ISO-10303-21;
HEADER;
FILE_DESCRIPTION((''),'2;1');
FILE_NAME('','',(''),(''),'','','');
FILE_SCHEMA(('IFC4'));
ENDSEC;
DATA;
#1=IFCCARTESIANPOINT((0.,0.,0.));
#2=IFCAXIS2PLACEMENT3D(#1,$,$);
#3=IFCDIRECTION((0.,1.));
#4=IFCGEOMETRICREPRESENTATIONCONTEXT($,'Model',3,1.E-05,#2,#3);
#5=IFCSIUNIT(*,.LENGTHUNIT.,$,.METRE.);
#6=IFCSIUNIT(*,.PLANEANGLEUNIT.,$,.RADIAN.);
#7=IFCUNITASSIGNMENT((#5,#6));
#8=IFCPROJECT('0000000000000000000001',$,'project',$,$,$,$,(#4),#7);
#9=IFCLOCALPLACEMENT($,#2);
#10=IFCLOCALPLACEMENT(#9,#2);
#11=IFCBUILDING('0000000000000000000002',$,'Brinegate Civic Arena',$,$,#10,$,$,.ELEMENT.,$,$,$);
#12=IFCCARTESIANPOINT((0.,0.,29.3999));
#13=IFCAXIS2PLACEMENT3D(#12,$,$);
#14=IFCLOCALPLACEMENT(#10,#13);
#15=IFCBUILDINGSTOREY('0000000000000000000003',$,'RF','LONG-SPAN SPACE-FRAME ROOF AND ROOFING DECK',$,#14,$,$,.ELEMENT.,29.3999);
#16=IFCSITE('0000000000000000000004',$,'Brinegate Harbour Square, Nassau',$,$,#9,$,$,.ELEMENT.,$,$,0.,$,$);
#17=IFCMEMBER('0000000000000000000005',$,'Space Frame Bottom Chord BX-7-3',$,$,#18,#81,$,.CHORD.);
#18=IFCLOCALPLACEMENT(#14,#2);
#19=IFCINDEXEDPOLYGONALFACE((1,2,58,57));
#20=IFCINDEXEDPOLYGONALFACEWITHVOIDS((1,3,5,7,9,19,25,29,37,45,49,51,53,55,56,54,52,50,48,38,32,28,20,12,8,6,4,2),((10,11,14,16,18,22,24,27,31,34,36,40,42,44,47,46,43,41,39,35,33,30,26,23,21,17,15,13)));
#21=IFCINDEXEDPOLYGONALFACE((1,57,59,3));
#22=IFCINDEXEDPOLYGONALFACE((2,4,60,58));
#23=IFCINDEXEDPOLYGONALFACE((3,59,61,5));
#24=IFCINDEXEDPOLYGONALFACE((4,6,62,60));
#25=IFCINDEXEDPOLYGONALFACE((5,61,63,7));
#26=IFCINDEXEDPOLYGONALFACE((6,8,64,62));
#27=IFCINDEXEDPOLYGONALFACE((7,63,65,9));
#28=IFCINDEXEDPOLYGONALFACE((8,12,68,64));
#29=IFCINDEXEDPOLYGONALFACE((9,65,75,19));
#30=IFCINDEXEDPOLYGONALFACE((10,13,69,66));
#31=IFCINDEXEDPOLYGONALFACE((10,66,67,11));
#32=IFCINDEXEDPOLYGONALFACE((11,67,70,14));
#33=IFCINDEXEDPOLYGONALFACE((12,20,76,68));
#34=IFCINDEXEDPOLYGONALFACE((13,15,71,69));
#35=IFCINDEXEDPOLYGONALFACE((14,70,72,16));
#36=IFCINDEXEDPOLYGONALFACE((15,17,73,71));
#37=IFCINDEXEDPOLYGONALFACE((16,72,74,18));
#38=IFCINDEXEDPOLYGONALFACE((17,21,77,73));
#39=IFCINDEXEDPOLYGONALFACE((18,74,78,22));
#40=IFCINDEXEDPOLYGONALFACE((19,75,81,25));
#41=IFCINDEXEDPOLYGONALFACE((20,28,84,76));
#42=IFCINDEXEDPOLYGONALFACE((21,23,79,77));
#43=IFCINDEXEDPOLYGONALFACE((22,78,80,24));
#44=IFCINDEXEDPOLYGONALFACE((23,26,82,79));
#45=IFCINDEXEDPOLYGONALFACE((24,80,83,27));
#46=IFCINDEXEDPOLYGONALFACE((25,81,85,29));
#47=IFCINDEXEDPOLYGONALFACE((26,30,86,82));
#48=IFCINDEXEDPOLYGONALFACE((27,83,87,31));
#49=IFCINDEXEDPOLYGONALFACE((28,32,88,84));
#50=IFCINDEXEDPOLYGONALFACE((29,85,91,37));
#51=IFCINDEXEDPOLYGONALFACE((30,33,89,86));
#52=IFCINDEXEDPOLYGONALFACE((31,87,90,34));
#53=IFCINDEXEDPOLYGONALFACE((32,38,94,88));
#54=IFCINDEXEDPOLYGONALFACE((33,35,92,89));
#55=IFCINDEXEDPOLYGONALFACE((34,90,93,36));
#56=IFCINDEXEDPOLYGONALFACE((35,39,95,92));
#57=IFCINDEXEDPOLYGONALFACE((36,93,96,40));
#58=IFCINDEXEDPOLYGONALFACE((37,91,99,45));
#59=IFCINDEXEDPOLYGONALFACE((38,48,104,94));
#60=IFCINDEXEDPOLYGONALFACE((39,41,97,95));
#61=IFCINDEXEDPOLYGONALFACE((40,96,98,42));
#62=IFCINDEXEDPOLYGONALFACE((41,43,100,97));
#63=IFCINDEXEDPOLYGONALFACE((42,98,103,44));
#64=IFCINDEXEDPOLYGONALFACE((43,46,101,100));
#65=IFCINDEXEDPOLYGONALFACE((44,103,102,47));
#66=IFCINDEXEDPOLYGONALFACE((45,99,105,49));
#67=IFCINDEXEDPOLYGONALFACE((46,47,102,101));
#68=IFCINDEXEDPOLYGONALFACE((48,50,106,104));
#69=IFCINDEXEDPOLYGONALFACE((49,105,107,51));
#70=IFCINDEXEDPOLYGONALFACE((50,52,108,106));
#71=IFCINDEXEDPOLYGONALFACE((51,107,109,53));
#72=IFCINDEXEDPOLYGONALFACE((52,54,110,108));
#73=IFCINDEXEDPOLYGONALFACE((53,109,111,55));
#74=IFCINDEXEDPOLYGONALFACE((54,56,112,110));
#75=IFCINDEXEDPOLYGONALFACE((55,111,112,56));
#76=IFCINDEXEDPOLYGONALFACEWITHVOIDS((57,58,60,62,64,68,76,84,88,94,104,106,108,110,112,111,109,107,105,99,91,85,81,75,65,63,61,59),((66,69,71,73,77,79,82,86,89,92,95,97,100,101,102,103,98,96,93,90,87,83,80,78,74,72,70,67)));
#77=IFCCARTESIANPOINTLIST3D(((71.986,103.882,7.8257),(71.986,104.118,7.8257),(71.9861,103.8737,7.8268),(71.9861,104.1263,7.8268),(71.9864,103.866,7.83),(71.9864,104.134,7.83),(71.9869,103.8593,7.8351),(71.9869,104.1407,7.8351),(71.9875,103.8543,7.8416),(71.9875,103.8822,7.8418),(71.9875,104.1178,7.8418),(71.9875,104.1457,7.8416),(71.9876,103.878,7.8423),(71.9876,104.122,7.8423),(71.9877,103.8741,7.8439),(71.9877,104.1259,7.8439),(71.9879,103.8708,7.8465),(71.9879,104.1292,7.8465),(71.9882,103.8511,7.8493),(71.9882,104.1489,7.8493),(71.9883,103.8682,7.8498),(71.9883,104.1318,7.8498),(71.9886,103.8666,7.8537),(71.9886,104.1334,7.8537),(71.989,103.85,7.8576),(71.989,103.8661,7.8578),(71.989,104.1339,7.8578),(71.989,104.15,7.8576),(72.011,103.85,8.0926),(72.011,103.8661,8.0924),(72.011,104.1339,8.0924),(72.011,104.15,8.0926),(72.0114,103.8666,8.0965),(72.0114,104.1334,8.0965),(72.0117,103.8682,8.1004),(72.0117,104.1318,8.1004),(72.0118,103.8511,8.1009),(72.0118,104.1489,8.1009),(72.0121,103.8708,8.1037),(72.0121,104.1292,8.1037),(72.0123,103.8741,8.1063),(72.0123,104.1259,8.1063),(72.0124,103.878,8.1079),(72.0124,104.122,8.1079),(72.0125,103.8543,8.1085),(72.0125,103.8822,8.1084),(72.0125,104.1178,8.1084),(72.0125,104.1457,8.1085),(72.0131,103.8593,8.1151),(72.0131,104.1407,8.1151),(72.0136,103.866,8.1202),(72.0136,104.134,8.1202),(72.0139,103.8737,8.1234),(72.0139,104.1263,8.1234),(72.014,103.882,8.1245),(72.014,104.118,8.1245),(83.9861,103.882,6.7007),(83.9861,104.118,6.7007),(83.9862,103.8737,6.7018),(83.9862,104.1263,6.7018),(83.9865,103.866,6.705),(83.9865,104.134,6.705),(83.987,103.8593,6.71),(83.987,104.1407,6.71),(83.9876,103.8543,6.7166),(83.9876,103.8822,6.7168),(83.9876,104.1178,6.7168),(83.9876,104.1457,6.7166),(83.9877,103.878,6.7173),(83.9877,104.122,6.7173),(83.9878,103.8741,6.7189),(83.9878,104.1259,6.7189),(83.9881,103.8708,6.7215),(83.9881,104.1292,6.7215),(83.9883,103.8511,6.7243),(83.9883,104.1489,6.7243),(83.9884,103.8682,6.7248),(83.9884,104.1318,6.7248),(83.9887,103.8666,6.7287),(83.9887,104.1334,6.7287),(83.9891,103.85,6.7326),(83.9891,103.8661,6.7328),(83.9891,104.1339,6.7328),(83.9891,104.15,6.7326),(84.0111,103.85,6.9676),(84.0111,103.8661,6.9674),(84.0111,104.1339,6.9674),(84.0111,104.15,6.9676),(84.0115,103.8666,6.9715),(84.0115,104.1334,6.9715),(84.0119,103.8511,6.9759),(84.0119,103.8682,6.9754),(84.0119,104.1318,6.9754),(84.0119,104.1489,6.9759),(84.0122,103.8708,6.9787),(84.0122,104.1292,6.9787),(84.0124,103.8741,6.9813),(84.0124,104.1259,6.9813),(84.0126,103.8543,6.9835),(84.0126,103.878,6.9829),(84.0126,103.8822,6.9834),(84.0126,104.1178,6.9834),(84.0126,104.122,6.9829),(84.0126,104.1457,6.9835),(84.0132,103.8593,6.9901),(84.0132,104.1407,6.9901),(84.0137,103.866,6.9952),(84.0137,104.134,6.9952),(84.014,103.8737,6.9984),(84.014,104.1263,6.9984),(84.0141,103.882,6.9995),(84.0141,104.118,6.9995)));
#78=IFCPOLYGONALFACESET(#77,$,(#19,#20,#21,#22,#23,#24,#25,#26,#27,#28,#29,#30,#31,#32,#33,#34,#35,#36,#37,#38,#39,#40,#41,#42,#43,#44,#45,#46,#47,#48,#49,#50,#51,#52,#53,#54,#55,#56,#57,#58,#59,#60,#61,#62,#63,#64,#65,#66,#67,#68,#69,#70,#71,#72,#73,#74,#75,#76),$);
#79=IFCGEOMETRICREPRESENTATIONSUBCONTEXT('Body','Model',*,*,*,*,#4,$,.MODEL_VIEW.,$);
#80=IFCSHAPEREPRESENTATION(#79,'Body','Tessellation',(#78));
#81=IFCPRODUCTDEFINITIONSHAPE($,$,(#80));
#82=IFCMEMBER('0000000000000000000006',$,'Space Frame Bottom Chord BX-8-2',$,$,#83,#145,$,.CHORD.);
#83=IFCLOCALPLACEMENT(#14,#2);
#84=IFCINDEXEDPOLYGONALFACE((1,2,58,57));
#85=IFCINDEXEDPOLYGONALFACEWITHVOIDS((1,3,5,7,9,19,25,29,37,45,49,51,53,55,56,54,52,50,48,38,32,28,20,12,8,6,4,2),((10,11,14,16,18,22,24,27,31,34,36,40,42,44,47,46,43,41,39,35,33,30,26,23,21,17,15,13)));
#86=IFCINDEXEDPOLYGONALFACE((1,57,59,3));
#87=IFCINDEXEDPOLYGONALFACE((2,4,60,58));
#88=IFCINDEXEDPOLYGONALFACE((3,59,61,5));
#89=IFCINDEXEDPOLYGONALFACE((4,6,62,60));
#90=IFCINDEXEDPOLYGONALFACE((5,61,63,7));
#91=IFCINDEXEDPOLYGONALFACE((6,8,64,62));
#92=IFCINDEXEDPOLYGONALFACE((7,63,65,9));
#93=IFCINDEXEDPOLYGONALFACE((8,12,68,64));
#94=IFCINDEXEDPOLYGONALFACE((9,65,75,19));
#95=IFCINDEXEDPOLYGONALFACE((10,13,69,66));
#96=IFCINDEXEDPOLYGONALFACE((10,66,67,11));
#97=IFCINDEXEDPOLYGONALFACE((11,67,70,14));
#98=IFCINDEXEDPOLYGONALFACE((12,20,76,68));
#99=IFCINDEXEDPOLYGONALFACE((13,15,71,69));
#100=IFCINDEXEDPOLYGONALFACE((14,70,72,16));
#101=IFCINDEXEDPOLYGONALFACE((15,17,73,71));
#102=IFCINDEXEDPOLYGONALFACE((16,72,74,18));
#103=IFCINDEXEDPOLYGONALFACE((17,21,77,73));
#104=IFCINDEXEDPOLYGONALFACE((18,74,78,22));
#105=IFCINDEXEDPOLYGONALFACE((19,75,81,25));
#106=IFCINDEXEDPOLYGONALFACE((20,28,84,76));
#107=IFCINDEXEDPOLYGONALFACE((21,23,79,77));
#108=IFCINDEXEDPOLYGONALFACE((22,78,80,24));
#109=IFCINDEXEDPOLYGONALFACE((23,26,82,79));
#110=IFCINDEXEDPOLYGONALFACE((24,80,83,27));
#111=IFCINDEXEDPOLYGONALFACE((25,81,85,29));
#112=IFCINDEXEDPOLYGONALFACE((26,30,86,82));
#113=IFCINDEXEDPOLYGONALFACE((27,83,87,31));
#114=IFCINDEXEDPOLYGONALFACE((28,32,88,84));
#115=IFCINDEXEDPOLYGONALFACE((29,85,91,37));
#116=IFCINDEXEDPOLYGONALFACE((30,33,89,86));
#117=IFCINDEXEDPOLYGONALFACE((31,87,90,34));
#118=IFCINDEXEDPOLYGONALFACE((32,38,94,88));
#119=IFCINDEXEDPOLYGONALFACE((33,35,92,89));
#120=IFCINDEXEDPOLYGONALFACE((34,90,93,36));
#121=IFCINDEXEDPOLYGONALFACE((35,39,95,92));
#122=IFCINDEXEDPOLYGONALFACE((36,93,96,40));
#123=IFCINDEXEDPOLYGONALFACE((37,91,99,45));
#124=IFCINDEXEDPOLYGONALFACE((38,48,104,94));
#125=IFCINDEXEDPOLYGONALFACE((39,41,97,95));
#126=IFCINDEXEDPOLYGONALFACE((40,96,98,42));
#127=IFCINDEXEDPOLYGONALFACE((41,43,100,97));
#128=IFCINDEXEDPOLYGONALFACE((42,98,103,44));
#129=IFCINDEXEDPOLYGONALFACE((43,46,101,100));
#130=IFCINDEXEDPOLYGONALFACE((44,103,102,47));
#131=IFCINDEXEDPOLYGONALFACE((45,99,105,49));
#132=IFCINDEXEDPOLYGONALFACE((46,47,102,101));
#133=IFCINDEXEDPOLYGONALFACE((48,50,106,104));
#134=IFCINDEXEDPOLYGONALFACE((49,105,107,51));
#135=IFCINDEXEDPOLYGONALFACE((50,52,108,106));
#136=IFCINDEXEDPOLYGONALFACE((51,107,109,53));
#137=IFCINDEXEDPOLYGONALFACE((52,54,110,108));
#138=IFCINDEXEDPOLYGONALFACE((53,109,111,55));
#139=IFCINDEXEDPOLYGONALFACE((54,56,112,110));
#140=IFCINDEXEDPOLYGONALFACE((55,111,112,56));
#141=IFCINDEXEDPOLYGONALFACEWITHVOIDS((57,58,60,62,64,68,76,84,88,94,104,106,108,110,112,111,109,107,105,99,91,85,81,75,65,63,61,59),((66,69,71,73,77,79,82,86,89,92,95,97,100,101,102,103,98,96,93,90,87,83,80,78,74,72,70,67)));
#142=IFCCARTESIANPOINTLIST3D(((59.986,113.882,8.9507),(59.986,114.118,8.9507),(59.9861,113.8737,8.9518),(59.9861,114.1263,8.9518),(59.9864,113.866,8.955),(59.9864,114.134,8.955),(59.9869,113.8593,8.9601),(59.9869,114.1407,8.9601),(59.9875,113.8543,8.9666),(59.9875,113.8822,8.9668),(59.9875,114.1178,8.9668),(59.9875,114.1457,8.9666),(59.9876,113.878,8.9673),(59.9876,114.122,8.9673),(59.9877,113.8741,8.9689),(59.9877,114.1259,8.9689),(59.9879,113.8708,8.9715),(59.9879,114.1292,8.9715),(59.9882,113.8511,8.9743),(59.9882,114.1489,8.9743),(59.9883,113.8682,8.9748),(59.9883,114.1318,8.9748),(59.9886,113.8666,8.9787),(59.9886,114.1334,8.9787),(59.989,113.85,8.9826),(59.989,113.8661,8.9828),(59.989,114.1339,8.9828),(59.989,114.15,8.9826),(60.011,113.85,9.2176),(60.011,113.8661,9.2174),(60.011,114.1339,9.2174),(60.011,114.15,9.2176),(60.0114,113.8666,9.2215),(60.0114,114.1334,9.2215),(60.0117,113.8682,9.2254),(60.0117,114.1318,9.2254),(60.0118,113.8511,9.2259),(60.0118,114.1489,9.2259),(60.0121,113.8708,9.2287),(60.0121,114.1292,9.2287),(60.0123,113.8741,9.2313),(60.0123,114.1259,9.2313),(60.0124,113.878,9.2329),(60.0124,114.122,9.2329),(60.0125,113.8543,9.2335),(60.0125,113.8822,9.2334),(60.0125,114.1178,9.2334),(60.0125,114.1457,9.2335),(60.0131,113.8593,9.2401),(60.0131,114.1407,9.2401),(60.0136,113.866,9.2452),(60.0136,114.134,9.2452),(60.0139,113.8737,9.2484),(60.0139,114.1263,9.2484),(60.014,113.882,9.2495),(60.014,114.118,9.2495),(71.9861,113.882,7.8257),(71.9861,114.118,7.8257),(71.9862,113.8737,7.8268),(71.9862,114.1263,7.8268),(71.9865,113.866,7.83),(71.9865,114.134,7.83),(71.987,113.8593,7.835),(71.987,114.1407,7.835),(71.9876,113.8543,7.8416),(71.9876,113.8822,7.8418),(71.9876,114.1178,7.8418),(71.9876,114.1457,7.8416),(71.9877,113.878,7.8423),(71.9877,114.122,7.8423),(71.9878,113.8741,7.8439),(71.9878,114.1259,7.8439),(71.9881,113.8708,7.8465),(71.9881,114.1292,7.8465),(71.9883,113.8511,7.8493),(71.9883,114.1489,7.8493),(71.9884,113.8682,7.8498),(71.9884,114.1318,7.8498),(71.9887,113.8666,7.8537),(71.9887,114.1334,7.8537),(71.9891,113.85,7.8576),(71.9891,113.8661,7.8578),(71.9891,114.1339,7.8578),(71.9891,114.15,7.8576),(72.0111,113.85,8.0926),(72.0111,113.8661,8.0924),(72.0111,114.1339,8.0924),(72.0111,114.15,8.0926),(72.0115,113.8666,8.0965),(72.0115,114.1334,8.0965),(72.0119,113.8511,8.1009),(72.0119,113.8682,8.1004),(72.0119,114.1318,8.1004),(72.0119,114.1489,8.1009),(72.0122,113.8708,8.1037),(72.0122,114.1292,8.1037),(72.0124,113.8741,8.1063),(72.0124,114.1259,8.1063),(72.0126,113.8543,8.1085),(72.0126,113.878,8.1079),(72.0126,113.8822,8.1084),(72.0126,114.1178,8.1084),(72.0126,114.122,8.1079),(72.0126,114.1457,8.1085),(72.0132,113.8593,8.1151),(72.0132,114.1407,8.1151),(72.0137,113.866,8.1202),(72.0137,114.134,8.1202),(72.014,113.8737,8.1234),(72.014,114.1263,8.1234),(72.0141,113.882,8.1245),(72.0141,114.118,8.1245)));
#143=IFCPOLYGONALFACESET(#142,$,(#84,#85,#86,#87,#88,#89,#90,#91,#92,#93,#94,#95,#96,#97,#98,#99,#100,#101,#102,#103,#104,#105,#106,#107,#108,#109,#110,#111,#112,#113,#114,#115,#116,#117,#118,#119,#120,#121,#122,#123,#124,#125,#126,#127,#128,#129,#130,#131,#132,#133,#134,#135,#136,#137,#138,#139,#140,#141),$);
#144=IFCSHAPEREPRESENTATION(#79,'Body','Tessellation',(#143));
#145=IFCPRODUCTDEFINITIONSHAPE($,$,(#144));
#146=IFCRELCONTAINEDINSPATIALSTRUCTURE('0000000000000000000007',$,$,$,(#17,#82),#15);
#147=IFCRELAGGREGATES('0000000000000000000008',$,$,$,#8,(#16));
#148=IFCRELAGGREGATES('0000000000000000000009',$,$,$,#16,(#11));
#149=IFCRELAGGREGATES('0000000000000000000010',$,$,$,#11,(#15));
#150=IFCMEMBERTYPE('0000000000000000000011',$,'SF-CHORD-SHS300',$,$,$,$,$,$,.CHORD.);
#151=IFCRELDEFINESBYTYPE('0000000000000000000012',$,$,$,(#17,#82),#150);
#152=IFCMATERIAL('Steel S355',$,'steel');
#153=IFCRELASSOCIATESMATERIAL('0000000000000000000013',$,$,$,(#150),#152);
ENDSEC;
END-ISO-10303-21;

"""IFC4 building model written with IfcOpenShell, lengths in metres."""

from ifc_helpers import new_model, si_unit, direction, frame, origin, origin_2d, place, context, subcontext, project, spatial, hollow_rectangle, extrude, material, material_profile, profile_set, type_object, element, save


model = new_model("IFC4")

# Units and contexts
model_context = context("Model", 3, precision=1e-05, world=origin(), true_north=direction((0.0, 1.0)))
body_context = subcontext(model_context, "Body", "Model", "MODEL_VIEW")
ifc_project = project(units=[si_unit("LENGTHUNIT", "METRE"), si_unit("PLANEANGLEUNIT", "RADIAN")], contexts=[model_context])

# Site, building, storey
site_placement = place(None, origin())
site = spatial("IfcSite", under=ifc_project, at=site_placement, Name="Brinegate Harbour Square, Nassau", CompositionType="ELEMENT", RefElevation=0.0)
building_placement = place(site_placement, origin())
building = spatial("IfcBuilding", under=site, at=building_placement, Name="Brinegate Civic Arena", CompositionType="ELEMENT")
storey_placement = place(building_placement, frame((0.0, 0.0, 29.3999)))
storey = spatial("IfcBuildingStorey", under=building, at=storey_placement, Name="RF", Description="LONG-SPAN SPACE-FRAME ROOF AND ROOFING DECK", CompositionType="ELEMENT", Elevation=29.3999)

# Shared definitions
ifc_material_1 = material(Name="Steel S355", Category="steel")

# Members
ifc_material_profile_1 = material_profile(ifc_material_1, hollow_rectangle(XDim=0.3, YDim=0.3, WallThickness=0.0161, InnerFilletRadius=0.0161, OuterFilletRadius=0.032, at=origin_2d()), Name="SHS300X16")
ifc_profile_set_1 = profile_set([ifc_material_profile_1], Name="Steel S355")
member_type_1 = type_object("IfcMemberType", Name="SF-CHORD-SHS300", PredefinedType="CHORD", material=ifc_profile_set_1)
for number, where, z_axis, x_axis, name in (
    (1, (72.0, 104.0, 7.9751), (0.995634, 0.0, -0.093341), (0.0, 1.0, 0.0), "Space Frame Bottom Chord BX-7-3"),
    (2, (60.0, 114.0, 9.1001), (0.995634, 0.0, -0.093341), (0.0, 1.0, 0.0), "Space Frame Bottom Chord BX-8-2"),
):
    element("IfcMember", number, at=place(storey_placement, frame(where, z_axis=z_axis, x_axis=x_axis)), inside=storey, type_object=member_type_1, Name=name, PredefinedType="CHORD", context=body_context, shape_type="SweptSolid", body=[
        extrude(hollow_rectangle(XDim=0.3, YDim=0.3, WallThickness=0.0161, InnerFilletRadius=0.0161, OuterFilletRadius=0.032, at=origin_2d()), origin(), (0.0, 0.0, 1.0), 12.0527),
    ])

save(model, "model.ifc")
